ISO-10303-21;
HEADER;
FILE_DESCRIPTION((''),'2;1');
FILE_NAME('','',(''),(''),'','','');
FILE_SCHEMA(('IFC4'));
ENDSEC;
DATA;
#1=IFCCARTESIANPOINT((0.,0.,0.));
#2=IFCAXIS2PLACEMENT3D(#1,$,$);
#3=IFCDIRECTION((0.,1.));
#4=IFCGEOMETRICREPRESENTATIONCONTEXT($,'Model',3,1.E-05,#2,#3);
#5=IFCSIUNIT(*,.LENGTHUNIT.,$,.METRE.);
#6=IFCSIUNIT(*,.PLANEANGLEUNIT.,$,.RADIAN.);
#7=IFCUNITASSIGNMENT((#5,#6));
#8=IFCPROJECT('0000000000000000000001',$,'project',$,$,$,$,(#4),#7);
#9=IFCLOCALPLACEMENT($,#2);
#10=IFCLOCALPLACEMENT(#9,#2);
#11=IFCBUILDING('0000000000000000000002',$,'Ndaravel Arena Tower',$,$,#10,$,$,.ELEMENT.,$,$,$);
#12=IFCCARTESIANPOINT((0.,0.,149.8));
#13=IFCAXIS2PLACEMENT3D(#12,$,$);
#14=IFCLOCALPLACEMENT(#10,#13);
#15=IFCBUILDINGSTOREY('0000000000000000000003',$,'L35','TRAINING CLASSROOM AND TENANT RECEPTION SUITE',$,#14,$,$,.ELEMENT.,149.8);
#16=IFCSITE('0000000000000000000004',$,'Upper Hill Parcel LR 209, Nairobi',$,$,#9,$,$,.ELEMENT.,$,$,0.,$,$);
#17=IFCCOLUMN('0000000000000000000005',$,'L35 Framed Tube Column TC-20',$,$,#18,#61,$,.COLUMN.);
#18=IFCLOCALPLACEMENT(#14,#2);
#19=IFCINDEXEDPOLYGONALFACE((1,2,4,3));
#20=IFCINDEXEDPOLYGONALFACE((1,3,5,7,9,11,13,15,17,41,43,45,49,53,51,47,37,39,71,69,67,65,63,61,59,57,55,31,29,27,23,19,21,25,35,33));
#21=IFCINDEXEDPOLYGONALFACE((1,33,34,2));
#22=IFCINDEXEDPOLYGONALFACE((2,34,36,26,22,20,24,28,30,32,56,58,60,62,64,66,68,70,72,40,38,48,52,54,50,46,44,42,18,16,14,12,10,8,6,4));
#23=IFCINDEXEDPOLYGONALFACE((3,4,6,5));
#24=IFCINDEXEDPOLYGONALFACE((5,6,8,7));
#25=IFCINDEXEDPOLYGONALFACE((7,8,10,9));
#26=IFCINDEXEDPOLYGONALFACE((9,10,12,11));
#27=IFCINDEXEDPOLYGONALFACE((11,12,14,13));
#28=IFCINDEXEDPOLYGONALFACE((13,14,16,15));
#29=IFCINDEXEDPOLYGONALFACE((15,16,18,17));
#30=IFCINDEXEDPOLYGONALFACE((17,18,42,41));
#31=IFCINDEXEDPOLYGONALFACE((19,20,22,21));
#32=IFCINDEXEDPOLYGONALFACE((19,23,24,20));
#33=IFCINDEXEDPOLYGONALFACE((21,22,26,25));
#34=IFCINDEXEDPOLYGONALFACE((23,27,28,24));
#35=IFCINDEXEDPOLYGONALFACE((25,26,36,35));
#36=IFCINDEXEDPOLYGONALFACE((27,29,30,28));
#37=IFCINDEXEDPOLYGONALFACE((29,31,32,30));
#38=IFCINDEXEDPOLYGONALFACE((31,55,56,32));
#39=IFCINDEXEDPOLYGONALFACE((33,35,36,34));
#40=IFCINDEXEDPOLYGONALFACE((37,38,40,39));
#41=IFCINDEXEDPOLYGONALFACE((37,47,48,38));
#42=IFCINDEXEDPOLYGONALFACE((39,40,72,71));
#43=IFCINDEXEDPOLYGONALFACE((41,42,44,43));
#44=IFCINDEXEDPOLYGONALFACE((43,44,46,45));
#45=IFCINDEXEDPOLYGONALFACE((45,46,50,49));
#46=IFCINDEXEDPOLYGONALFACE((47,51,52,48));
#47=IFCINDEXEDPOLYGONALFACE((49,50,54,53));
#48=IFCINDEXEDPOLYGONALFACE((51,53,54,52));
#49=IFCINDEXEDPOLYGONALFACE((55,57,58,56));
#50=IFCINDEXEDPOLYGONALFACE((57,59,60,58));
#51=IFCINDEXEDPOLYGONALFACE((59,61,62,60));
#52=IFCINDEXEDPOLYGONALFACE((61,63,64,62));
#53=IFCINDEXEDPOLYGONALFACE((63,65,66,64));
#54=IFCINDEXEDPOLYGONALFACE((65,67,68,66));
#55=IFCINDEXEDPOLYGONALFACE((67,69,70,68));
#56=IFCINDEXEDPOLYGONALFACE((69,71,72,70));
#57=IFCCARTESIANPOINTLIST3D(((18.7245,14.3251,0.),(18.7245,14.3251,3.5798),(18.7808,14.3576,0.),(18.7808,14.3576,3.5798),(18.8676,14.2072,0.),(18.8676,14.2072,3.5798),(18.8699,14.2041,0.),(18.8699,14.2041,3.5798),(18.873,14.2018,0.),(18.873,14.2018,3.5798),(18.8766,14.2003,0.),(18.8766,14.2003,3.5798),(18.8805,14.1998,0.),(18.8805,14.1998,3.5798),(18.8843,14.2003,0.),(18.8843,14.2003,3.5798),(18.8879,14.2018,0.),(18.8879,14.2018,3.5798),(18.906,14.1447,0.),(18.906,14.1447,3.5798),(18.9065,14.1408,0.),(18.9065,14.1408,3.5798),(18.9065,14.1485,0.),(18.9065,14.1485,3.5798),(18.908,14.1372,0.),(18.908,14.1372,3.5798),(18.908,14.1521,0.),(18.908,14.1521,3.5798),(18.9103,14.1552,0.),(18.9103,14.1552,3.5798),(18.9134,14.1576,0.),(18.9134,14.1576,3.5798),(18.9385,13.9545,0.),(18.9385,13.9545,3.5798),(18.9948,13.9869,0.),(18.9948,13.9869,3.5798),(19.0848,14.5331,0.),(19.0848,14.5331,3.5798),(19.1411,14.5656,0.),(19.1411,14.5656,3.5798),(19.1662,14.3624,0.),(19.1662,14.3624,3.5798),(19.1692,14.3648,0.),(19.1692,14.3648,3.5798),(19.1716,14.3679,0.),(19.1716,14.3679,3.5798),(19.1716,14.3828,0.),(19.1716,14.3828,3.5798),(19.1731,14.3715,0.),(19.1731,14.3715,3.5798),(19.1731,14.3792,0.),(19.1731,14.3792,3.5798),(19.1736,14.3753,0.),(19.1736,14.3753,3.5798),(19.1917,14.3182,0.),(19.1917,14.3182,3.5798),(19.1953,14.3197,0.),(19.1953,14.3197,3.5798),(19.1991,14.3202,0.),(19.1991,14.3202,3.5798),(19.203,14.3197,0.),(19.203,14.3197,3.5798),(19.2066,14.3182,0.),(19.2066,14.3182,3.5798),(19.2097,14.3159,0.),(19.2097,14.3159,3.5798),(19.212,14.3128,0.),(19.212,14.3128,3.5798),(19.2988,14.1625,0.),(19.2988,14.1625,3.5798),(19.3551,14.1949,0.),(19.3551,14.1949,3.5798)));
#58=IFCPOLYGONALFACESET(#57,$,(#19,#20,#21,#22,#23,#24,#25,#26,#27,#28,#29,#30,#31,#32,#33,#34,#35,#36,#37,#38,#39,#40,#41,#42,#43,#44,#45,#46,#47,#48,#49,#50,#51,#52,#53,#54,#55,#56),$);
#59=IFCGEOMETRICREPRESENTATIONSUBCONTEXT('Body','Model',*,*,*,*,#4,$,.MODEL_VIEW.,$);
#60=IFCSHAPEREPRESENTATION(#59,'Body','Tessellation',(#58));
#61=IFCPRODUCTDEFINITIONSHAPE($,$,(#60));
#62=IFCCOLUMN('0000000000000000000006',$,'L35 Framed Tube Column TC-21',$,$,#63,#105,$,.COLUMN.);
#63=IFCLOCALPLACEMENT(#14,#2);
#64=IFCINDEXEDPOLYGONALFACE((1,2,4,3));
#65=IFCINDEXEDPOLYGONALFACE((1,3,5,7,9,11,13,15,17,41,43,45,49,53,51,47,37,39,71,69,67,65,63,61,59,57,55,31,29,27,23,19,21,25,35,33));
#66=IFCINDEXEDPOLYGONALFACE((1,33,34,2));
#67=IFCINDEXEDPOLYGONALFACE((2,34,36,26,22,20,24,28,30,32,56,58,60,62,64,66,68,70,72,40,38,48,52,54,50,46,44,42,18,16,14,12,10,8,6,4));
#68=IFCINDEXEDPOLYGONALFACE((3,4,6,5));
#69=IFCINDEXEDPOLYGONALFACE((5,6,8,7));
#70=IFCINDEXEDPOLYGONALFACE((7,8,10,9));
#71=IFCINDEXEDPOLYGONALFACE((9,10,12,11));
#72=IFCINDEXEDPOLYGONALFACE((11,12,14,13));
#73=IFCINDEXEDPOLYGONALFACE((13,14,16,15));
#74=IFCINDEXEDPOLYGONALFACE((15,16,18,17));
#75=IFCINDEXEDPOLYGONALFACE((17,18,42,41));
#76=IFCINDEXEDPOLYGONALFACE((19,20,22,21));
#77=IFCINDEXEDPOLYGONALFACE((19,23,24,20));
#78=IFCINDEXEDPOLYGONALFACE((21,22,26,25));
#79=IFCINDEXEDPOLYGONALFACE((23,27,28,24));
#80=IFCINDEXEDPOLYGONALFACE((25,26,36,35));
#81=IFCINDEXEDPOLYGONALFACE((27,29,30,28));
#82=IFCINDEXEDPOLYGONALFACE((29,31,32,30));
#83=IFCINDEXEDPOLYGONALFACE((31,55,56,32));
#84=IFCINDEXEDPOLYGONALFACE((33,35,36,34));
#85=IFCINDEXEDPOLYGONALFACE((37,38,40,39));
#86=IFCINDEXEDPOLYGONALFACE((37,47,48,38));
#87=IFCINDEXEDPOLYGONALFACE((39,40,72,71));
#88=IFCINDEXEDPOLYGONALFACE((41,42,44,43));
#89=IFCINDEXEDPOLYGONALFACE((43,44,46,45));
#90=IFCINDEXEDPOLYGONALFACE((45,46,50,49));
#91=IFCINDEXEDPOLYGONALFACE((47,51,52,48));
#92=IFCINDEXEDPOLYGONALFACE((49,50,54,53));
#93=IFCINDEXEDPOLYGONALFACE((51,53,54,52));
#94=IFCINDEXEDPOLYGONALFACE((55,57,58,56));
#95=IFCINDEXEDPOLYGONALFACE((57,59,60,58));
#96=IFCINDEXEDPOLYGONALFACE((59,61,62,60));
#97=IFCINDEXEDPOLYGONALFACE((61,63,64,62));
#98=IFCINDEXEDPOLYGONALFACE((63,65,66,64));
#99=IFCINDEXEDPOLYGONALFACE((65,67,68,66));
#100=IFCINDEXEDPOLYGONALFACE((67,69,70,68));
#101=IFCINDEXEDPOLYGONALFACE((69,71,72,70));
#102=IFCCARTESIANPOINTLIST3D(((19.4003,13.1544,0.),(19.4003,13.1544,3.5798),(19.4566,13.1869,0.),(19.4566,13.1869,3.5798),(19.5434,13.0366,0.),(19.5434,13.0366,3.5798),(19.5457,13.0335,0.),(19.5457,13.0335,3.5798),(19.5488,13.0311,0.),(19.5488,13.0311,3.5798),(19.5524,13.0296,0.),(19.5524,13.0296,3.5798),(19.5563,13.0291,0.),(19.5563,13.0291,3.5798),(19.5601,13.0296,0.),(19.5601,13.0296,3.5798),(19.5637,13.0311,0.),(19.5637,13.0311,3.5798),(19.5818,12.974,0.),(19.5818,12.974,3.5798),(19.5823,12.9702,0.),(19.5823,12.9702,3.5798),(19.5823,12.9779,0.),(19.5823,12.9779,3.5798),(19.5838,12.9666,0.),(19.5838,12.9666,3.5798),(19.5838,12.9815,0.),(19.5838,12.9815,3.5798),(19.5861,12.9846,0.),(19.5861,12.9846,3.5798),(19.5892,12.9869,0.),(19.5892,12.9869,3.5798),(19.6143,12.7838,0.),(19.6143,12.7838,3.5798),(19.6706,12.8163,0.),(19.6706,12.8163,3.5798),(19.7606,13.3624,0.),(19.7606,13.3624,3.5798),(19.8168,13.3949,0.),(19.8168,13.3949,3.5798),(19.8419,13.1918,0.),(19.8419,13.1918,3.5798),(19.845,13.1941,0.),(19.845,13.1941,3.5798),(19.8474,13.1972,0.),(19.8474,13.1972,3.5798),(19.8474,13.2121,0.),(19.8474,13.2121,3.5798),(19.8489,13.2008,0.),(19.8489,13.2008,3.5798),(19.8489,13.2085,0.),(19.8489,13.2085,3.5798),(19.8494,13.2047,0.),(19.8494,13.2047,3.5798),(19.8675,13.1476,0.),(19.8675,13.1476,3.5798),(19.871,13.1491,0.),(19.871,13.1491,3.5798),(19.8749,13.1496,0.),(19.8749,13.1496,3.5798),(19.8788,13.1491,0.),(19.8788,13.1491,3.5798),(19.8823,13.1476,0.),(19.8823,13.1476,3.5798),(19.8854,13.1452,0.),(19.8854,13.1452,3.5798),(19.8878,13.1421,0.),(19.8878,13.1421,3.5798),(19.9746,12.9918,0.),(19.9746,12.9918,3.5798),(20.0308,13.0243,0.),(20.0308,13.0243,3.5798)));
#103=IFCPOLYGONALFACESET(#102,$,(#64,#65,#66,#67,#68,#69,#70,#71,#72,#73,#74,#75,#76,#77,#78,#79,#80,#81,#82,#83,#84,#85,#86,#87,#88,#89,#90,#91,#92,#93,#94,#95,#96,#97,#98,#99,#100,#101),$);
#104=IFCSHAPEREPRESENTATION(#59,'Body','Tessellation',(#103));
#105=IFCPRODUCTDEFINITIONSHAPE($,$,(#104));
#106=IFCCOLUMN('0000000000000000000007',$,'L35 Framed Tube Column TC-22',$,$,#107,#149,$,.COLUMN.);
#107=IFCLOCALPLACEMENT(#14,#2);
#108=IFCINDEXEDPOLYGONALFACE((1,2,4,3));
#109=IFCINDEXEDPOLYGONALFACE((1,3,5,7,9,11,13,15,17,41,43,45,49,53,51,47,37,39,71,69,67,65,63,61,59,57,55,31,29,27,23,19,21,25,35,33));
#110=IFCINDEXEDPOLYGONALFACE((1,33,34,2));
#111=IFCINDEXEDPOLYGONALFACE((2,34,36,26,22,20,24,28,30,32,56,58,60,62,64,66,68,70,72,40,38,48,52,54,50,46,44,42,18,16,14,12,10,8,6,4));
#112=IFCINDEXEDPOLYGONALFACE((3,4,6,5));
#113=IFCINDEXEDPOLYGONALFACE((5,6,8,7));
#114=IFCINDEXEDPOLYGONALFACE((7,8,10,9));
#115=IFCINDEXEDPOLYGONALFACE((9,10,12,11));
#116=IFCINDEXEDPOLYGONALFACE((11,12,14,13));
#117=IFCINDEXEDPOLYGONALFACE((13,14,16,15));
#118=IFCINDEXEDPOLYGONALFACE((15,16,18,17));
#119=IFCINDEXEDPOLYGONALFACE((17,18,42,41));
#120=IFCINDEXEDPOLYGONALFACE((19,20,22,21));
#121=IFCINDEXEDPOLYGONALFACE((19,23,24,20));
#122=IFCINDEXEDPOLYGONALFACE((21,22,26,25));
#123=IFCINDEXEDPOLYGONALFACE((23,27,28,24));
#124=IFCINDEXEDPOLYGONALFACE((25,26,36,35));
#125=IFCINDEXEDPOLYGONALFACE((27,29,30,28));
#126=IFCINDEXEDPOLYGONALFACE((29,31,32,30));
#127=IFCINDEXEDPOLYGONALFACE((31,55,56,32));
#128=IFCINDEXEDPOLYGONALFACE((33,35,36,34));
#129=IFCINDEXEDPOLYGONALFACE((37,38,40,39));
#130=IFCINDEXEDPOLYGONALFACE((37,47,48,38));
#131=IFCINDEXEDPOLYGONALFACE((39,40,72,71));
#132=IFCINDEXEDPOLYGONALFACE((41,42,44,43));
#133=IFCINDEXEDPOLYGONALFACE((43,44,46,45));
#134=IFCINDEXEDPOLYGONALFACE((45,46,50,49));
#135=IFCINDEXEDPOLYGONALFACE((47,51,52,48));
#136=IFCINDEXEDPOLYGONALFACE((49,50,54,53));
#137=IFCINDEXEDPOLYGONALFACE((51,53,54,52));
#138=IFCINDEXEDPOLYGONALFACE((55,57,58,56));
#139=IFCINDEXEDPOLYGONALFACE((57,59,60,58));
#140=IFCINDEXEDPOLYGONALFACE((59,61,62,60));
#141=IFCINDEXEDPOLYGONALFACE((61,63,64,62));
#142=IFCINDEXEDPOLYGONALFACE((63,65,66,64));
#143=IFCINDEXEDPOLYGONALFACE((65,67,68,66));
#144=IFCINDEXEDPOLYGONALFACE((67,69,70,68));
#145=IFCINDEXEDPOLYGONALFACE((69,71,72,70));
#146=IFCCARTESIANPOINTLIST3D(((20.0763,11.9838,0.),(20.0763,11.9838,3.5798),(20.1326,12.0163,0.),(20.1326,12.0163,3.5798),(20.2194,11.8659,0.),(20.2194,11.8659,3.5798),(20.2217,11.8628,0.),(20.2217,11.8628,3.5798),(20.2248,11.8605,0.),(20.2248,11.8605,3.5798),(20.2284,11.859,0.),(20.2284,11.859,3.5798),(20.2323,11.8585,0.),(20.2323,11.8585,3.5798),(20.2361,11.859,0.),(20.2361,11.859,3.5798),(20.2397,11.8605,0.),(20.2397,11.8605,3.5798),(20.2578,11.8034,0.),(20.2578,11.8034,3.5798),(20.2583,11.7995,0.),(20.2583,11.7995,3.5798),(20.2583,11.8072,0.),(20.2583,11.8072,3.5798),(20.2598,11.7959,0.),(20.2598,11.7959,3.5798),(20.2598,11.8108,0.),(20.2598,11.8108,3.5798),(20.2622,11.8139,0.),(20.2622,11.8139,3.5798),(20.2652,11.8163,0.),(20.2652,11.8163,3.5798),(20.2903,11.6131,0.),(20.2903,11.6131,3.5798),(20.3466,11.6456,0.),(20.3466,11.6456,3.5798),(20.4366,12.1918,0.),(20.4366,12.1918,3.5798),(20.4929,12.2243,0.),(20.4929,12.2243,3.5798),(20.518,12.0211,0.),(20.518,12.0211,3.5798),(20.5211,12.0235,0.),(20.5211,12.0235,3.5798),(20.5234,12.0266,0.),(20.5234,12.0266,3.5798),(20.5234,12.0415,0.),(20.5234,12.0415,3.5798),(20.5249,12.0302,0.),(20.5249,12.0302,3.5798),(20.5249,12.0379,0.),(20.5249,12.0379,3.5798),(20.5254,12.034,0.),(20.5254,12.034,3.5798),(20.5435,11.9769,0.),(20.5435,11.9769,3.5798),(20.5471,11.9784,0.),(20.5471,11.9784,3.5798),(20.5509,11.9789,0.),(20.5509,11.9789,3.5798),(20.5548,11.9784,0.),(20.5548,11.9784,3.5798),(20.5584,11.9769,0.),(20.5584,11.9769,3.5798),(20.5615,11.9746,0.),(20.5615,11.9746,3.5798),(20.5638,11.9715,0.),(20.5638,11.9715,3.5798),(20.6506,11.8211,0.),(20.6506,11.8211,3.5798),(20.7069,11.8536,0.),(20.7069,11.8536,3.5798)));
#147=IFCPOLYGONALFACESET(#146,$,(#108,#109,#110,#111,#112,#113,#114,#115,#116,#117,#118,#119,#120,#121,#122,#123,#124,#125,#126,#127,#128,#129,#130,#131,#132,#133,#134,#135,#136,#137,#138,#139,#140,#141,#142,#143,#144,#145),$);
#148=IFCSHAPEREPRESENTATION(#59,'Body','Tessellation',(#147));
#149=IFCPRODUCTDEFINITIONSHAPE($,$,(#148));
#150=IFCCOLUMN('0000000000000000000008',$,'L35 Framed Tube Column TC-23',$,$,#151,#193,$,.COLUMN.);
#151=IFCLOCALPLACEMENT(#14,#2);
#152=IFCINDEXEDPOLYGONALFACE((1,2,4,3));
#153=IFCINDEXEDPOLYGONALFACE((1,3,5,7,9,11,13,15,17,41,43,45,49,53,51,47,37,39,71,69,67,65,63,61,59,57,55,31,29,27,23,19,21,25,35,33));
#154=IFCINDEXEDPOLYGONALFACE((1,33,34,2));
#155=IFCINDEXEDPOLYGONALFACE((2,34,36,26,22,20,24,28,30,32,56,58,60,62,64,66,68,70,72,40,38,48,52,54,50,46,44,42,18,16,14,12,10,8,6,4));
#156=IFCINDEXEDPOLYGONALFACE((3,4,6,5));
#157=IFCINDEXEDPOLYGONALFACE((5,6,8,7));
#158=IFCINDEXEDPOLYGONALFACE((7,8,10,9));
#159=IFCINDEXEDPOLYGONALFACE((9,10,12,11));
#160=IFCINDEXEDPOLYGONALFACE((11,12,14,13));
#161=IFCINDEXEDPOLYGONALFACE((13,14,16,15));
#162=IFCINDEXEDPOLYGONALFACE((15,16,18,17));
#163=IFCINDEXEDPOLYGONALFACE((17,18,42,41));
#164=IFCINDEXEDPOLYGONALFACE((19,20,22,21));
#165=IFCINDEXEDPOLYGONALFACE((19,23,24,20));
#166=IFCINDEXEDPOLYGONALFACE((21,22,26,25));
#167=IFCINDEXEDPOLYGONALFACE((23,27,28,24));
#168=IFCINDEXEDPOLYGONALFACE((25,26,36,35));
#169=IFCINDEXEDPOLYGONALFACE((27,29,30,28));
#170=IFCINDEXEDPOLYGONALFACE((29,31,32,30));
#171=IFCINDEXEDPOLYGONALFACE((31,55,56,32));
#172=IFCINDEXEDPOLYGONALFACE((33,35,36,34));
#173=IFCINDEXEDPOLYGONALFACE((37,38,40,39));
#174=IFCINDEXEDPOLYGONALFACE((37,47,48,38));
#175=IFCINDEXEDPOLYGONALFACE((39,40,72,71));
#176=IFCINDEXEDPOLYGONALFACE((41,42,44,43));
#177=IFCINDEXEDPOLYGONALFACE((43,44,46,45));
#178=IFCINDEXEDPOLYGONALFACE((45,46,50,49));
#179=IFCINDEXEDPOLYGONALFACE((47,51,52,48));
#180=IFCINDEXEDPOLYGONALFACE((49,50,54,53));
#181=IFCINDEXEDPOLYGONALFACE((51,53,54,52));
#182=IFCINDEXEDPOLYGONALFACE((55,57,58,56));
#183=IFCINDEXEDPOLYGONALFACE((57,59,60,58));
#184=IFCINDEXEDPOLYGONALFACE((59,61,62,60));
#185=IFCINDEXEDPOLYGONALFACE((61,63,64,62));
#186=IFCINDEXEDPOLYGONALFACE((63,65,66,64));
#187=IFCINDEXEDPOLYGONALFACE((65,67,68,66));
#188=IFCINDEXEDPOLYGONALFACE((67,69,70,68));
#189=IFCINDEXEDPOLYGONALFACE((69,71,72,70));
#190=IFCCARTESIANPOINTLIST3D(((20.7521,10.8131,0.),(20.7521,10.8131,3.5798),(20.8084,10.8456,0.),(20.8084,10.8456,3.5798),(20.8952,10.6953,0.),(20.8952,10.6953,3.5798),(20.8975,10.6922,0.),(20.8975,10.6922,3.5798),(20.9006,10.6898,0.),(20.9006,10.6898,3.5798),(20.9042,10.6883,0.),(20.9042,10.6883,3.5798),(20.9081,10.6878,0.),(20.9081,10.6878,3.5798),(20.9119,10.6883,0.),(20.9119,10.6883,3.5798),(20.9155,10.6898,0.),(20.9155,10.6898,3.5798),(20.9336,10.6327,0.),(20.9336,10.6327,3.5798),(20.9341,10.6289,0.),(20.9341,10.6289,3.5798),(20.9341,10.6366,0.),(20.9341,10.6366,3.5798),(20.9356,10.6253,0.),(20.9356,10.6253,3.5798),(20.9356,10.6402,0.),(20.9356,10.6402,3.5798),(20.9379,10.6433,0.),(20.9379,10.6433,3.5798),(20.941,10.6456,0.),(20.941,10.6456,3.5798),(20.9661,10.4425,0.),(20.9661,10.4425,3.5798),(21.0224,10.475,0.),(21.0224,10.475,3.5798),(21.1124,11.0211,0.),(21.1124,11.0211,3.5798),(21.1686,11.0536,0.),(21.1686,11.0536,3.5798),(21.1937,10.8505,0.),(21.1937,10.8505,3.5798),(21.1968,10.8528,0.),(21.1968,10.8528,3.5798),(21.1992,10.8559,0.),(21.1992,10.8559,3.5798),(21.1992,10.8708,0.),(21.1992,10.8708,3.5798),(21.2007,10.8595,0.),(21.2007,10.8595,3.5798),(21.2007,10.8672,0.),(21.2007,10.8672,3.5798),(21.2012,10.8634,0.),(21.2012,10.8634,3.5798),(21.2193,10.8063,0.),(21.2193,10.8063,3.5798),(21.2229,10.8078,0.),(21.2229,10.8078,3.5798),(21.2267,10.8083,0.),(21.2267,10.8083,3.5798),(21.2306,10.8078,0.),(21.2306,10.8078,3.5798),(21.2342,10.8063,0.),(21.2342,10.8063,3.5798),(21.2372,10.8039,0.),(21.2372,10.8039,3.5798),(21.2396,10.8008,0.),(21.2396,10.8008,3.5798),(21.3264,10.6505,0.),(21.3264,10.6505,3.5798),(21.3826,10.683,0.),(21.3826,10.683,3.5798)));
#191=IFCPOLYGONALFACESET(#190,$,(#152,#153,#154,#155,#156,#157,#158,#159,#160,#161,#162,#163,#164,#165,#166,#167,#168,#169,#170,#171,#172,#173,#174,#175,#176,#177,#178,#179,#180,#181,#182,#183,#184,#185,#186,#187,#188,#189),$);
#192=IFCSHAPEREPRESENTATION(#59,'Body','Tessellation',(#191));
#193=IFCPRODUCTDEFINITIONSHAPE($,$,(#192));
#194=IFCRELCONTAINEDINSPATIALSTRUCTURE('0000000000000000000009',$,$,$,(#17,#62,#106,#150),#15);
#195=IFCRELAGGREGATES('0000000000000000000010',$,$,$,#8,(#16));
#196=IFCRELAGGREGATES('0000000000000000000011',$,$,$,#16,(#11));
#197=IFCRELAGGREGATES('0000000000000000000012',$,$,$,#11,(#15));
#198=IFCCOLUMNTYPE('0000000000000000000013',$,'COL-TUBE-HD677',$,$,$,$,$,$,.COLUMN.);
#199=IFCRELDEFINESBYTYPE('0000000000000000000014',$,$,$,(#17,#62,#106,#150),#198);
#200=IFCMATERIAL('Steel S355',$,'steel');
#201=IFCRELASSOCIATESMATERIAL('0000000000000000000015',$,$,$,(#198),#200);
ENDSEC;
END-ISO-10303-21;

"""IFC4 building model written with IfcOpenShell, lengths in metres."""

from ifc_helpers import new_model, si_unit, direction, frame, origin, origin_2d, place, context, subcontext, project, spatial, i_section, extrude, material, material_profile, profile_set, type_object, element, save


model = new_model("IFC4")

# Units and contexts
model_context = context("Model", 3, precision=1e-05, world=origin(), true_north=direction((0.0, 1.0)))
body_context = subcontext(model_context, "Body", "Model", "MODEL_VIEW")
ifc_project = project(units=[si_unit("LENGTHUNIT", "METRE"), si_unit("PLANEANGLEUNIT", "RADIAN")], contexts=[model_context])

# Site, building, storey
site_placement = place(None, origin())
site = spatial("IfcSite", under=ifc_project, at=site_placement, Name="Upper Hill Parcel LR 209, Nairobi", CompositionType="ELEMENT", RefElevation=0.0)
building_placement = place(site_placement, origin())
building = spatial("IfcBuilding", under=site, at=building_placement, Name="Ndaravel Arena Tower", CompositionType="ELEMENT")
storey_placement = place(building_placement, frame((0.0, 0.0, 149.8)))
storey = spatial("IfcBuildingStorey", under=building, at=storey_placement, Name="L35", Description="TRAINING CLASSROOM AND TENANT RECEPTION SUITE", CompositionType="ELEMENT", Elevation=149.8)

# Columns
ifc_material_1 = material(Name="Steel S355", Category="steel")
ifc_material_profile_1 = material_profile(ifc_material_1, i_section(OverallWidth=0.428, OverallDepth=0.481, WebThickness=0.051, FlangeThickness=0.0649, FilletRadius=0.0149, at=origin_2d()), Name="HD 400x677")
ifc_profile_set_1 = profile_set([ifc_material_profile_1], Name="Steel S355")
column_type = type_object("IfcColumnType", Name="COL-TUBE-HD677", PredefinedType="COLUMN", material=ifc_profile_set_1)
for number, where, z_axis, x_axis, name in (
    (1, (19.0398, 14.26, 0.0), (0.0, 0.0, 1.0), (-0.5, 0.866025, 0.0), "L35 Framed Tube Column TC-20"),
    (2, (19.7156, 13.0894, 0.0), (0.0, 0.0, 1.0), (-0.5, 0.866025, 0.0), "L35 Framed Tube Column TC-21"),
    (3, (20.3916, 11.9187, 0.0), (0.0, 0.0, 1.0), (-0.5, 0.866025, 0.0), "L35 Framed Tube Column TC-22"),
    (4, (21.0674, 10.748, 0.0), (0.0, 0.0, 1.0), (-0.5, 0.866025, 0.0), "L35 Framed Tube Column TC-23"),
):
    element("IfcColumn", number, at=place(storey_placement, frame(where, z_axis=z_axis, x_axis=x_axis)), inside=storey, type_object=column_type, Name=name, PredefinedType="COLUMN", context=body_context, shape_type="SweptSolid", body=[
        extrude(i_section(OverallWidth=0.428, OverallDepth=0.481, WebThickness=0.051, FlangeThickness=0.0649, FilletRadius=0.0149, at=origin_2d()), origin(), (0.0, 0.0, 1.0), 3.5798),
    ])

save(model, "model.ifc")
